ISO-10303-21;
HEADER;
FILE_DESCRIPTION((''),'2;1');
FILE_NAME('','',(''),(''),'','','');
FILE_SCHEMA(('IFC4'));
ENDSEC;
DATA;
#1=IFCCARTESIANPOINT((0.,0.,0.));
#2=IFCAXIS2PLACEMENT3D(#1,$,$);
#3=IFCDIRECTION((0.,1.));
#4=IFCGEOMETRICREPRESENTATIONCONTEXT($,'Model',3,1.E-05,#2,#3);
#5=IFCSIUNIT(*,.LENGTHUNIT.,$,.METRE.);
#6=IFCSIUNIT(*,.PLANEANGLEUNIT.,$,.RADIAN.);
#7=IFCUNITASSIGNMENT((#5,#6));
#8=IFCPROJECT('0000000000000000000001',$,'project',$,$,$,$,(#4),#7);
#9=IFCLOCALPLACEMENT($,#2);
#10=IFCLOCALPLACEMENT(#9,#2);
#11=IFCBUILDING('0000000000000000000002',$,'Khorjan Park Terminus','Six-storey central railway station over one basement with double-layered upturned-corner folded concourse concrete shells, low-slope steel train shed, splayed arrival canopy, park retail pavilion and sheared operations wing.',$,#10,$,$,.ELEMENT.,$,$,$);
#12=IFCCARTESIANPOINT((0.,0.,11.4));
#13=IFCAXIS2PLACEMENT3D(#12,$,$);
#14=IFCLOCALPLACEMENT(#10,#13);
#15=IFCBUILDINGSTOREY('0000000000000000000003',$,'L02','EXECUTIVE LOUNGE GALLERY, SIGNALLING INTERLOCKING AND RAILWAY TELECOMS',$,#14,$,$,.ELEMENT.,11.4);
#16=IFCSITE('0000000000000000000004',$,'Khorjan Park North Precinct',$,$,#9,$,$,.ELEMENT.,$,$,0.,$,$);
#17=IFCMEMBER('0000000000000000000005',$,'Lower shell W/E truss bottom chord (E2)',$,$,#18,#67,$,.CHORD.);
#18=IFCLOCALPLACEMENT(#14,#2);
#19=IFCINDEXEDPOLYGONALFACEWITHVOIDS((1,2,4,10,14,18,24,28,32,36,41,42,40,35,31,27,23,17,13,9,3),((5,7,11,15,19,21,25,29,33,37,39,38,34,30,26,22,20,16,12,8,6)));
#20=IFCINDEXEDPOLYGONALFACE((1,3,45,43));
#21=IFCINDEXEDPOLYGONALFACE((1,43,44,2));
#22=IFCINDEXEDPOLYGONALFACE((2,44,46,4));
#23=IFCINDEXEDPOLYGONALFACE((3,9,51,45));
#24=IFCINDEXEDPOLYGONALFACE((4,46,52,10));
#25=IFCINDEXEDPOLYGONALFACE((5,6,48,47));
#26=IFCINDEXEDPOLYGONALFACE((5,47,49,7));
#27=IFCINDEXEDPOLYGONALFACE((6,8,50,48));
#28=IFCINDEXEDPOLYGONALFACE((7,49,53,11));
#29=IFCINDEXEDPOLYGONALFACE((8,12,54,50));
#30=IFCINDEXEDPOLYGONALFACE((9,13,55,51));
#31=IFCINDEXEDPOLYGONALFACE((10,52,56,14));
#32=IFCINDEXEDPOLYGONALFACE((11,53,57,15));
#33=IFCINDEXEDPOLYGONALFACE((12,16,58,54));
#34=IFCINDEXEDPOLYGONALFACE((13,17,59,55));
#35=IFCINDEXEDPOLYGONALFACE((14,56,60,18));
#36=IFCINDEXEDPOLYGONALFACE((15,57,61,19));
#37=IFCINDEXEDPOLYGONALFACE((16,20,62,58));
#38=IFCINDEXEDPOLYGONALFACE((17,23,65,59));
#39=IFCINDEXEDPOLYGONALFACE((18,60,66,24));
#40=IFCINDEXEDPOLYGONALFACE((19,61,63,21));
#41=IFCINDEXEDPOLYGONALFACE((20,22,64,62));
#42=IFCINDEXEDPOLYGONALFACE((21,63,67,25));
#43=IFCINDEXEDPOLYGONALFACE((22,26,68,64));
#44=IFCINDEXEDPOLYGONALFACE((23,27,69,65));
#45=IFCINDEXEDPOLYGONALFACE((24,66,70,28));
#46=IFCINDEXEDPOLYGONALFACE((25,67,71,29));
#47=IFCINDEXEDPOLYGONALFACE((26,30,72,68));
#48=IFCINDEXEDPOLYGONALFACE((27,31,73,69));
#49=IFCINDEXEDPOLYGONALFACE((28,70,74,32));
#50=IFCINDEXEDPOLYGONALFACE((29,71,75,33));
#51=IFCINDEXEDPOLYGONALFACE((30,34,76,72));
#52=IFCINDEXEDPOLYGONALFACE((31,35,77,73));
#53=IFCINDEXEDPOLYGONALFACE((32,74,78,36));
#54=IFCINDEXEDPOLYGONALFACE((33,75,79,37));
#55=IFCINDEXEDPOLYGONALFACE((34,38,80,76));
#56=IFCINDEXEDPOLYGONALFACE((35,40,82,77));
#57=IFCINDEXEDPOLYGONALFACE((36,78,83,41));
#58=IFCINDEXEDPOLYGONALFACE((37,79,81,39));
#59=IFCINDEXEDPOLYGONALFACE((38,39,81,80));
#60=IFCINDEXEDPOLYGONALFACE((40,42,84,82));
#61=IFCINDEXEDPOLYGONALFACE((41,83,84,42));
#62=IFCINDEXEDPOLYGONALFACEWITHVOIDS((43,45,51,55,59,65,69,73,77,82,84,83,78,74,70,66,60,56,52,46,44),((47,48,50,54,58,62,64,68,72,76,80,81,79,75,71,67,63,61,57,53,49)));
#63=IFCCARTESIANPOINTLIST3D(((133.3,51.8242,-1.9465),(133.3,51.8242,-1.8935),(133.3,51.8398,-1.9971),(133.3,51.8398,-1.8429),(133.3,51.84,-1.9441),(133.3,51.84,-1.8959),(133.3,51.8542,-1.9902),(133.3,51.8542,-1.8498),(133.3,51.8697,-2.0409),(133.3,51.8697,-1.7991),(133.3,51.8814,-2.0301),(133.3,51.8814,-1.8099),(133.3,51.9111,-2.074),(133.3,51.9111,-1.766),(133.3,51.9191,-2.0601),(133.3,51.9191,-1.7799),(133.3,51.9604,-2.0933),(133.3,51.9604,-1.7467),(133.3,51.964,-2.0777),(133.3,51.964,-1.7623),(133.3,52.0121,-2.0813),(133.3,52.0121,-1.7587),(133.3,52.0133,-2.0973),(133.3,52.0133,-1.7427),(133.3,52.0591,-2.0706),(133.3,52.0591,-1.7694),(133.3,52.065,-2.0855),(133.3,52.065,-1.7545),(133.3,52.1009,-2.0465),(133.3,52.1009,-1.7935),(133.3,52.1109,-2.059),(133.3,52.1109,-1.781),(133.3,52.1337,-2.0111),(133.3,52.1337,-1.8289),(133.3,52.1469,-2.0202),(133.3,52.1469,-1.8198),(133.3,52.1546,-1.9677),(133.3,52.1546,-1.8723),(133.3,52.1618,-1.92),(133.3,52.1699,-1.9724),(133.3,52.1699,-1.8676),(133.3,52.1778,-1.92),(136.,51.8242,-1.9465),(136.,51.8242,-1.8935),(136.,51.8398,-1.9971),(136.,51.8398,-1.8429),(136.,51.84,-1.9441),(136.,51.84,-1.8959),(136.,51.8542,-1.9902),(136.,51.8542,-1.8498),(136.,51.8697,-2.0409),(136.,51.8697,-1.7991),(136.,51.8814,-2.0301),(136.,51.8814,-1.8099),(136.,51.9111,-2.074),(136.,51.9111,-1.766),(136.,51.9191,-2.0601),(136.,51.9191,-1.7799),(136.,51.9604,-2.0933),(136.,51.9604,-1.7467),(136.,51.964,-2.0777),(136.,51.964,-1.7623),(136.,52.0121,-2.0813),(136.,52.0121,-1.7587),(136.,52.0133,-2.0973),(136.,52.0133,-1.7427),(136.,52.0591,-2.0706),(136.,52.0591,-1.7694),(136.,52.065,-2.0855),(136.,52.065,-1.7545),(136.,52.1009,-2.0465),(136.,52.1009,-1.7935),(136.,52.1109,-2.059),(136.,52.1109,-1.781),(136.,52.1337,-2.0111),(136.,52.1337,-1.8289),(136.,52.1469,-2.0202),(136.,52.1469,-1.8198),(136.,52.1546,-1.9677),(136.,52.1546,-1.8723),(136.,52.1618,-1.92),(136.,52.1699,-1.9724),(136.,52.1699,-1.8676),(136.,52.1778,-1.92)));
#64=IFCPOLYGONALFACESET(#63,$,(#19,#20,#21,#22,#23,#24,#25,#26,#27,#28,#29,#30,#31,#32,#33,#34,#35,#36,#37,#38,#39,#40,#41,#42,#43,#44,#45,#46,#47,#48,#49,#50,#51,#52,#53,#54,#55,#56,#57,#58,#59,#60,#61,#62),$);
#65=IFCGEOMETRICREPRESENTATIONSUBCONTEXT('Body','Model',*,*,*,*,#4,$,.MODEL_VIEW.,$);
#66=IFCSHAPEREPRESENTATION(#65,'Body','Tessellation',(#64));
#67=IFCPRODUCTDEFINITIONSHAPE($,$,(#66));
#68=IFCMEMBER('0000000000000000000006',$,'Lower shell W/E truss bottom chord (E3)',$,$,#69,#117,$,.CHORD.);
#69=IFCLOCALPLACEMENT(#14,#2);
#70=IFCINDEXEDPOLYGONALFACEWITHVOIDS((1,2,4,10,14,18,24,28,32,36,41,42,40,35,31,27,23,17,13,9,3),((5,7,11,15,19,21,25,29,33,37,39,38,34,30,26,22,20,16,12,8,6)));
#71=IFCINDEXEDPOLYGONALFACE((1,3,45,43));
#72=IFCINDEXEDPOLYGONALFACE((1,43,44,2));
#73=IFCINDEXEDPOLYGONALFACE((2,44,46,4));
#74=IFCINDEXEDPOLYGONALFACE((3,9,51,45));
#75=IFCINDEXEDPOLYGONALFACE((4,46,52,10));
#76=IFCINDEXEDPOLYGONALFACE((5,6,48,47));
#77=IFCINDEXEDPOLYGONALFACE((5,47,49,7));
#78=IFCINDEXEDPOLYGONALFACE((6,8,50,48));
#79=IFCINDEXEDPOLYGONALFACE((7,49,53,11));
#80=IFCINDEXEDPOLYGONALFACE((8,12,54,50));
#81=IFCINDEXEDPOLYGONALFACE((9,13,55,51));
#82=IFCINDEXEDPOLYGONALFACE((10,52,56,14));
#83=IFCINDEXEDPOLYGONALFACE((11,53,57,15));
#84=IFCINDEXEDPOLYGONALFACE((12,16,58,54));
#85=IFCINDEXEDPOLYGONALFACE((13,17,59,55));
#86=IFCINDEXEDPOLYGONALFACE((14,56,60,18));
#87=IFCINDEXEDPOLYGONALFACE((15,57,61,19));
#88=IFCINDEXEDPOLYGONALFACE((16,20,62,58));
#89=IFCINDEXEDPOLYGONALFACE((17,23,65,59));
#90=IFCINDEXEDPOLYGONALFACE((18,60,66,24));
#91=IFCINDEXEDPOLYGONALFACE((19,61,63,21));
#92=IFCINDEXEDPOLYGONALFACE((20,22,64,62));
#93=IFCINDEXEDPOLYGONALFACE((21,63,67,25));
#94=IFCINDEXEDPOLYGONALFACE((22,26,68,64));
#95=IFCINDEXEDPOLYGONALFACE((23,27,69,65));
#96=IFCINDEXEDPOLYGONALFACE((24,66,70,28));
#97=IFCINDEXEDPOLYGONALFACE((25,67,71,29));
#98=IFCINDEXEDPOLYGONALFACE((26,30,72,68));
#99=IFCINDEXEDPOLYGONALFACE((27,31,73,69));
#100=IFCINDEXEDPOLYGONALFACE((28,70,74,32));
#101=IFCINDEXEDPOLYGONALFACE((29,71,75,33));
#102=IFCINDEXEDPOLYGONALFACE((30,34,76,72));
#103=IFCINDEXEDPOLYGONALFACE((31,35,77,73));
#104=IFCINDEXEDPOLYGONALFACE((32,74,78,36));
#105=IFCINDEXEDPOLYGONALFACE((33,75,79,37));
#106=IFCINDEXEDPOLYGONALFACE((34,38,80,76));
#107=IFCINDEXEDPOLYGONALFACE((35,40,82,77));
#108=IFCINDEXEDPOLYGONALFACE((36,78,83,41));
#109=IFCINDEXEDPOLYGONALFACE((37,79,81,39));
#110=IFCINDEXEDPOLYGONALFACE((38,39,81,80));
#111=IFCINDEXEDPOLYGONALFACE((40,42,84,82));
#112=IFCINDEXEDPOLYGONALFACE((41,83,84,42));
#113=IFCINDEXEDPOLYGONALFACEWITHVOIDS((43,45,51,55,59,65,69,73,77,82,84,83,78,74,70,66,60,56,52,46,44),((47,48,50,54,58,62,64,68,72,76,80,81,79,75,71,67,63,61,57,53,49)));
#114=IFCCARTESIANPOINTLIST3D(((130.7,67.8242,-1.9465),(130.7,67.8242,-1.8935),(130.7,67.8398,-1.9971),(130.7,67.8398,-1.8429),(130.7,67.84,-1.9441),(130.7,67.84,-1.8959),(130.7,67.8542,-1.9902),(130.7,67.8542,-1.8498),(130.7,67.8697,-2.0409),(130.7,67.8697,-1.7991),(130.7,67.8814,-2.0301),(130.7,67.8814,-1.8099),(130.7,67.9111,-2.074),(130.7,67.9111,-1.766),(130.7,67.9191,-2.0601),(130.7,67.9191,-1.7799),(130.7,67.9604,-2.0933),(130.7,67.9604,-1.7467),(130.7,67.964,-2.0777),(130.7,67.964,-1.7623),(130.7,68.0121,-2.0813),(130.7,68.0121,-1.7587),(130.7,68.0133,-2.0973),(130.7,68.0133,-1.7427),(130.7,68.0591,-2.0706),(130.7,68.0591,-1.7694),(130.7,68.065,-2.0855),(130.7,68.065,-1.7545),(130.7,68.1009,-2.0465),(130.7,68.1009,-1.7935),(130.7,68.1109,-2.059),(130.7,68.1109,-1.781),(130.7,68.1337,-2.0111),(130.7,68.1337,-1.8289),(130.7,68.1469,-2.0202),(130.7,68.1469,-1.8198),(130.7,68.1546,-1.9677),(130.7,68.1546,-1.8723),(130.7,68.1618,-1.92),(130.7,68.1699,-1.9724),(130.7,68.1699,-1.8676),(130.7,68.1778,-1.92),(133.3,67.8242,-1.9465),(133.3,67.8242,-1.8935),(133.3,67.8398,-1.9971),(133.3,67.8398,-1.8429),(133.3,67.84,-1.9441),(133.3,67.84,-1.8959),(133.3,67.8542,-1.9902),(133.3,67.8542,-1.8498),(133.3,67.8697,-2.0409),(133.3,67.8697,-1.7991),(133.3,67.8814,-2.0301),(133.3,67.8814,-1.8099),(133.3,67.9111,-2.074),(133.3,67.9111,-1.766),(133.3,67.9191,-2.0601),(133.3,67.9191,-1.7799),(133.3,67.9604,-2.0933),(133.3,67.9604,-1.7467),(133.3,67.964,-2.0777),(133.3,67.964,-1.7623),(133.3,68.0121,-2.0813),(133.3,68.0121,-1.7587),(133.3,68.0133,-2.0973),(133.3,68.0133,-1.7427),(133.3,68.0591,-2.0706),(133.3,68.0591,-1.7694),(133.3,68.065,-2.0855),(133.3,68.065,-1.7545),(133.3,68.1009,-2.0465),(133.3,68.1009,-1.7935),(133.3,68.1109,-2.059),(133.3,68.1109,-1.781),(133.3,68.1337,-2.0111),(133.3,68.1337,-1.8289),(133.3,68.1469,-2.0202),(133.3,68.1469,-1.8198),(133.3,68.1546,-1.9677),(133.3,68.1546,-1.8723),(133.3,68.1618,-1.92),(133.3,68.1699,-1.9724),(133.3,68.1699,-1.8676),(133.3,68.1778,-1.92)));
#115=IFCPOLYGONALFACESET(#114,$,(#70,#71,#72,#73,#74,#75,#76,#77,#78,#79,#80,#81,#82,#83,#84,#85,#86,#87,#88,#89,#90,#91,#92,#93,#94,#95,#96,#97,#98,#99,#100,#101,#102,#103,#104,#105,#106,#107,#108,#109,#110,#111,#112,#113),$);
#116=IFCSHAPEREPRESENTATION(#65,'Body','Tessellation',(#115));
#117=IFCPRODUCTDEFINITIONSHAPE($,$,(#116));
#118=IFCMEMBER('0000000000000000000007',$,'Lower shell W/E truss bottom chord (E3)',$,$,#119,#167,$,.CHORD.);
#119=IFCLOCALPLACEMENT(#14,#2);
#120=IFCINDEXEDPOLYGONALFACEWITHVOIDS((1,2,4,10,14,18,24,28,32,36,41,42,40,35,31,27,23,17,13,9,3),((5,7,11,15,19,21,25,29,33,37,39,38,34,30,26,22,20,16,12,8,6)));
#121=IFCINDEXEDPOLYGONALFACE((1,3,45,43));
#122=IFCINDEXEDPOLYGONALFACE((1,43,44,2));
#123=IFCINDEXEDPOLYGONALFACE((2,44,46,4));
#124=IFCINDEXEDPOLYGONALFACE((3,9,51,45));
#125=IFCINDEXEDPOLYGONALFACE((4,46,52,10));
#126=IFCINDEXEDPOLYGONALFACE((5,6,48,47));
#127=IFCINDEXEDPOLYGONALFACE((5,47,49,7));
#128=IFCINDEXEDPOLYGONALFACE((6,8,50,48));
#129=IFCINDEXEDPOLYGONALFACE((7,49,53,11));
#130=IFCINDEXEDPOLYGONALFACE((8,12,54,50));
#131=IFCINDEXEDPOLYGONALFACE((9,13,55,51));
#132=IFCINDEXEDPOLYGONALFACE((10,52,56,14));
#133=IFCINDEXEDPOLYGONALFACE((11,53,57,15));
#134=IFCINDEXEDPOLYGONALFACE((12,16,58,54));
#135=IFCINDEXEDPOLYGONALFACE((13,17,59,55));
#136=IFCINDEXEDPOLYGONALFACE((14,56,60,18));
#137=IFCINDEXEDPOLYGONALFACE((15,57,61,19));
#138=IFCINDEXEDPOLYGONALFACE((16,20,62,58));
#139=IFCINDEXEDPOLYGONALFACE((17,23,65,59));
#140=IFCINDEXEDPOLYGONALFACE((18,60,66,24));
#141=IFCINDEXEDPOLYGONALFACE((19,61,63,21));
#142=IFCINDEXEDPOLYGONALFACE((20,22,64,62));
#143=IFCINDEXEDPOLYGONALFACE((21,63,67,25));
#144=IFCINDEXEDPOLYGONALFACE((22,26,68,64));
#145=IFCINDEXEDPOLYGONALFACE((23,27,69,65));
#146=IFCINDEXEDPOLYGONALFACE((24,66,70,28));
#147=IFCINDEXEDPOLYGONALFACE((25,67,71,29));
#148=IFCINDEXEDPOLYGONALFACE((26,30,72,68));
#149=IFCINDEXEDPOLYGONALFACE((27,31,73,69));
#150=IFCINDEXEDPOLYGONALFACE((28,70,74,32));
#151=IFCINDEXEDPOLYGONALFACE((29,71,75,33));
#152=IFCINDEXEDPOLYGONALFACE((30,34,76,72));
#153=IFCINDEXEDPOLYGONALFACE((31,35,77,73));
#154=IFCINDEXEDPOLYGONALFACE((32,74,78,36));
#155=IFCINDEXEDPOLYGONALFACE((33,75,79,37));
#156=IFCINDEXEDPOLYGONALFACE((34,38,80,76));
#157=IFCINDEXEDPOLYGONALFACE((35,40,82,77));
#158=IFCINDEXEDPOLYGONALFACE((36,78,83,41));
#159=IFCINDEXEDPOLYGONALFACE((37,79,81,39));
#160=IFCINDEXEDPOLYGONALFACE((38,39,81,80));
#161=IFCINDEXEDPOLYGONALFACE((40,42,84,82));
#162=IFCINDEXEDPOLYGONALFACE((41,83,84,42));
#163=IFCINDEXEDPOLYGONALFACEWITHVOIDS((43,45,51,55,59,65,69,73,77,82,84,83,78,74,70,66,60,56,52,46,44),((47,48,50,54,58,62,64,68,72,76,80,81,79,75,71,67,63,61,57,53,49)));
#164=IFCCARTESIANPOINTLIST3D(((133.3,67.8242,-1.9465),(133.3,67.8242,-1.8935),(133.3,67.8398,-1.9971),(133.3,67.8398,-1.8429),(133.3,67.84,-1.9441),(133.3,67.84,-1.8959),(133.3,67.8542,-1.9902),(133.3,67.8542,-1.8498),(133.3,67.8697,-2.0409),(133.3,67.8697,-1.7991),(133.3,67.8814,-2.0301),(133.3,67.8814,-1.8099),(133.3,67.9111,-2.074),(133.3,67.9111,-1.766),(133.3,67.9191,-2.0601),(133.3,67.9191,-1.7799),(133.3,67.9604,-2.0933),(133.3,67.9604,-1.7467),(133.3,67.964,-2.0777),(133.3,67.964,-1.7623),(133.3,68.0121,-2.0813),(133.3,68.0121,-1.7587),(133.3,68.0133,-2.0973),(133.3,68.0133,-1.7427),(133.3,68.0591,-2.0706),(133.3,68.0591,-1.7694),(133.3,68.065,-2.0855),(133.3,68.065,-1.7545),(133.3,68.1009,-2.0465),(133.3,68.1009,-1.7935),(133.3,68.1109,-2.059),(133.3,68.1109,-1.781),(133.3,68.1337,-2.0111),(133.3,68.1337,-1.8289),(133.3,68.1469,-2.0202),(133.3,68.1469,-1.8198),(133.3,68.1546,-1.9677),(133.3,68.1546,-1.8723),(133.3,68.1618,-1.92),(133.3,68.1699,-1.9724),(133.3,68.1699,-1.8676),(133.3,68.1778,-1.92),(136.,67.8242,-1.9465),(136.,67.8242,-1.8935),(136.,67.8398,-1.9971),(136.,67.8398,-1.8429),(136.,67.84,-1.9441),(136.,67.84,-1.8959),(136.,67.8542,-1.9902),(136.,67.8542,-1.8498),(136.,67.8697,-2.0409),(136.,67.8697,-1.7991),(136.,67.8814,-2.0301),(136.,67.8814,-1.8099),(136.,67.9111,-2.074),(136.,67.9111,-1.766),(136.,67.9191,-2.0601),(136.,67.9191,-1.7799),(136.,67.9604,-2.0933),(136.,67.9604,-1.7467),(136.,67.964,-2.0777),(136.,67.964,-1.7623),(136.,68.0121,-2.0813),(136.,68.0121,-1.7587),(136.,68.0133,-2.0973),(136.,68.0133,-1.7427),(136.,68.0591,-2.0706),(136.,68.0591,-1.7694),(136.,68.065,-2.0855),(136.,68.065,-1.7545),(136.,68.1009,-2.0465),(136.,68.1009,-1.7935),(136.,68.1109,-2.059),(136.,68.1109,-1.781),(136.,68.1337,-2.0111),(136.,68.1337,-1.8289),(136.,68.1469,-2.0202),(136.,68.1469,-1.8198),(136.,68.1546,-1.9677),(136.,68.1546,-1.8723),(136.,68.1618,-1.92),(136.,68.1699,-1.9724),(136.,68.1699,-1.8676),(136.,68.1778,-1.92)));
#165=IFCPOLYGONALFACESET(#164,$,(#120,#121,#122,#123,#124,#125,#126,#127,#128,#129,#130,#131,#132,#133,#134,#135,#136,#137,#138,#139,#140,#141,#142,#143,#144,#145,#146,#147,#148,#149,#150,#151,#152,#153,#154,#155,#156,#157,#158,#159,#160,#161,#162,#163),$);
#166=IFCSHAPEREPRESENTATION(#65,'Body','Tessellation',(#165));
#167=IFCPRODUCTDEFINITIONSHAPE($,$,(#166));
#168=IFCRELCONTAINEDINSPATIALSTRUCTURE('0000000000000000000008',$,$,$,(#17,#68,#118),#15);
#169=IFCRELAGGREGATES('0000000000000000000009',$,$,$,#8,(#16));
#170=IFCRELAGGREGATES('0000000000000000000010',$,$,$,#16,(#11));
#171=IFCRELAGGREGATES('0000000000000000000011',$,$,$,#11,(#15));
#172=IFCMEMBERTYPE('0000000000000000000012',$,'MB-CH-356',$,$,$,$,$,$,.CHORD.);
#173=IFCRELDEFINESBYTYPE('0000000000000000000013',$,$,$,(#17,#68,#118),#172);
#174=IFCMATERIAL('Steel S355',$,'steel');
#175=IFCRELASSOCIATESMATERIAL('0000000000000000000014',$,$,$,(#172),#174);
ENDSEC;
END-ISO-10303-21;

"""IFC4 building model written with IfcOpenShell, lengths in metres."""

from ifc_helpers import new_model, si_unit, direction, frame, origin, origin_2d, place, context, subcontext, project, spatial, hollow_circle, extrude, material, material_profile, profile_set, type_object, element, save


model = new_model("IFC4")

# Units and contexts
model_context = context("Model", 3, precision=1e-05, world=origin(), true_north=direction((0.0, 1.0)))
body_context = subcontext(model_context, "Body", "Model", "MODEL_VIEW")
ifc_project = project(units=[si_unit("LENGTHUNIT", "METRE"), si_unit("PLANEANGLEUNIT", "RADIAN")], contexts=[model_context])

# Site, building, storey
site_placement = place(None, origin())
site = spatial("IfcSite", under=ifc_project, at=site_placement, Name="Khorjan Park North Precinct", CompositionType="ELEMENT", RefElevation=0.0)
building_placement = place(site_placement, origin())
building = spatial("IfcBuilding", under=site, at=building_placement, Name="Khorjan Park Terminus", Description="Six-storey central railway station over one basement with double-layered upturned-corner folded concourse concrete shells, low-slope steel train shed, splayed arrival canopy, park retail pavilion and sheared operations wing.", CompositionType="ELEMENT")
storey_placement = place(building_placement, frame((0.0, 0.0, 11.4)))
storey = spatial("IfcBuildingStorey", under=building, at=storey_placement, Name="L02", Description="EXECUTIVE LOUNGE GALLERY, SIGNALLING INTERLOCKING AND RAILWAY TELECOMS", CompositionType="ELEMENT", Elevation=11.4)

# Members
ifc_material_1 = material(Name="Steel S355", Category="steel")
ifc_material_profile_1 = material_profile(ifc_material_1, hollow_circle(Radius=0.1778, WallThickness=0.016, at=origin_2d()), Name="CHS 355.6x16")
ifc_profile_set_1 = profile_set([ifc_material_profile_1], Name="Steel S355")
member_type_1 = type_object("IfcMemberType", Name="MB-CH-356", PredefinedType="CHORD", material=ifc_profile_set_1)
member_1_placement = place(storey_placement, frame((133.3, 52.0, -1.92), z_axis=(1.0, 0.0, 0.0), x_axis=(0.0, 1.0, 0.0)))
element("IfcMember", 1, at=member_1_placement, inside=storey, type_object=member_type_1, Name="Lower shell W/E truss bottom chord (E2)", PredefinedType="CHORD", context=body_context, shape_type="SweptSolid", body=[
    extrude(hollow_circle(Radius=0.1778, WallThickness=0.016, at=origin_2d()), origin(), (0.0, 0.0, 1.0), 2.7),
])
member_2_placement = place(storey_placement, frame((130.7, 68.0, -1.92), z_axis=(1.0, 0.0, 0.0), x_axis=(0.0, 1.0, 0.0)))
element("IfcMember", 2, at=member_2_placement, inside=storey, type_object=member_type_1, Name="Lower shell W/E truss bottom chord (E3)", PredefinedType="CHORD", context=body_context, shape_type="SweptSolid", body=[
    extrude(hollow_circle(Radius=0.1778, WallThickness=0.016, at=origin_2d()), origin(), (0.0, 0.0, 1.0), 2.6),
])
member_3_placement = place(storey_placement, frame((133.3, 68.0, -1.92), z_axis=(1.0, 0.0, 0.0), x_axis=(0.0, 1.0, 0.0)))
element("IfcMember", 3, at=member_3_placement, inside=storey, type_object=member_type_1, Name="Lower shell W/E truss bottom chord (E3)", PredefinedType="CHORD", context=body_context, shape_type="SweptSolid", body=[
    extrude(hollow_circle(Radius=0.1778, WallThickness=0.016, at=origin_2d()), origin(), (0.0, 0.0, 1.0), 2.7),
])

save(model, "model.ifc")
